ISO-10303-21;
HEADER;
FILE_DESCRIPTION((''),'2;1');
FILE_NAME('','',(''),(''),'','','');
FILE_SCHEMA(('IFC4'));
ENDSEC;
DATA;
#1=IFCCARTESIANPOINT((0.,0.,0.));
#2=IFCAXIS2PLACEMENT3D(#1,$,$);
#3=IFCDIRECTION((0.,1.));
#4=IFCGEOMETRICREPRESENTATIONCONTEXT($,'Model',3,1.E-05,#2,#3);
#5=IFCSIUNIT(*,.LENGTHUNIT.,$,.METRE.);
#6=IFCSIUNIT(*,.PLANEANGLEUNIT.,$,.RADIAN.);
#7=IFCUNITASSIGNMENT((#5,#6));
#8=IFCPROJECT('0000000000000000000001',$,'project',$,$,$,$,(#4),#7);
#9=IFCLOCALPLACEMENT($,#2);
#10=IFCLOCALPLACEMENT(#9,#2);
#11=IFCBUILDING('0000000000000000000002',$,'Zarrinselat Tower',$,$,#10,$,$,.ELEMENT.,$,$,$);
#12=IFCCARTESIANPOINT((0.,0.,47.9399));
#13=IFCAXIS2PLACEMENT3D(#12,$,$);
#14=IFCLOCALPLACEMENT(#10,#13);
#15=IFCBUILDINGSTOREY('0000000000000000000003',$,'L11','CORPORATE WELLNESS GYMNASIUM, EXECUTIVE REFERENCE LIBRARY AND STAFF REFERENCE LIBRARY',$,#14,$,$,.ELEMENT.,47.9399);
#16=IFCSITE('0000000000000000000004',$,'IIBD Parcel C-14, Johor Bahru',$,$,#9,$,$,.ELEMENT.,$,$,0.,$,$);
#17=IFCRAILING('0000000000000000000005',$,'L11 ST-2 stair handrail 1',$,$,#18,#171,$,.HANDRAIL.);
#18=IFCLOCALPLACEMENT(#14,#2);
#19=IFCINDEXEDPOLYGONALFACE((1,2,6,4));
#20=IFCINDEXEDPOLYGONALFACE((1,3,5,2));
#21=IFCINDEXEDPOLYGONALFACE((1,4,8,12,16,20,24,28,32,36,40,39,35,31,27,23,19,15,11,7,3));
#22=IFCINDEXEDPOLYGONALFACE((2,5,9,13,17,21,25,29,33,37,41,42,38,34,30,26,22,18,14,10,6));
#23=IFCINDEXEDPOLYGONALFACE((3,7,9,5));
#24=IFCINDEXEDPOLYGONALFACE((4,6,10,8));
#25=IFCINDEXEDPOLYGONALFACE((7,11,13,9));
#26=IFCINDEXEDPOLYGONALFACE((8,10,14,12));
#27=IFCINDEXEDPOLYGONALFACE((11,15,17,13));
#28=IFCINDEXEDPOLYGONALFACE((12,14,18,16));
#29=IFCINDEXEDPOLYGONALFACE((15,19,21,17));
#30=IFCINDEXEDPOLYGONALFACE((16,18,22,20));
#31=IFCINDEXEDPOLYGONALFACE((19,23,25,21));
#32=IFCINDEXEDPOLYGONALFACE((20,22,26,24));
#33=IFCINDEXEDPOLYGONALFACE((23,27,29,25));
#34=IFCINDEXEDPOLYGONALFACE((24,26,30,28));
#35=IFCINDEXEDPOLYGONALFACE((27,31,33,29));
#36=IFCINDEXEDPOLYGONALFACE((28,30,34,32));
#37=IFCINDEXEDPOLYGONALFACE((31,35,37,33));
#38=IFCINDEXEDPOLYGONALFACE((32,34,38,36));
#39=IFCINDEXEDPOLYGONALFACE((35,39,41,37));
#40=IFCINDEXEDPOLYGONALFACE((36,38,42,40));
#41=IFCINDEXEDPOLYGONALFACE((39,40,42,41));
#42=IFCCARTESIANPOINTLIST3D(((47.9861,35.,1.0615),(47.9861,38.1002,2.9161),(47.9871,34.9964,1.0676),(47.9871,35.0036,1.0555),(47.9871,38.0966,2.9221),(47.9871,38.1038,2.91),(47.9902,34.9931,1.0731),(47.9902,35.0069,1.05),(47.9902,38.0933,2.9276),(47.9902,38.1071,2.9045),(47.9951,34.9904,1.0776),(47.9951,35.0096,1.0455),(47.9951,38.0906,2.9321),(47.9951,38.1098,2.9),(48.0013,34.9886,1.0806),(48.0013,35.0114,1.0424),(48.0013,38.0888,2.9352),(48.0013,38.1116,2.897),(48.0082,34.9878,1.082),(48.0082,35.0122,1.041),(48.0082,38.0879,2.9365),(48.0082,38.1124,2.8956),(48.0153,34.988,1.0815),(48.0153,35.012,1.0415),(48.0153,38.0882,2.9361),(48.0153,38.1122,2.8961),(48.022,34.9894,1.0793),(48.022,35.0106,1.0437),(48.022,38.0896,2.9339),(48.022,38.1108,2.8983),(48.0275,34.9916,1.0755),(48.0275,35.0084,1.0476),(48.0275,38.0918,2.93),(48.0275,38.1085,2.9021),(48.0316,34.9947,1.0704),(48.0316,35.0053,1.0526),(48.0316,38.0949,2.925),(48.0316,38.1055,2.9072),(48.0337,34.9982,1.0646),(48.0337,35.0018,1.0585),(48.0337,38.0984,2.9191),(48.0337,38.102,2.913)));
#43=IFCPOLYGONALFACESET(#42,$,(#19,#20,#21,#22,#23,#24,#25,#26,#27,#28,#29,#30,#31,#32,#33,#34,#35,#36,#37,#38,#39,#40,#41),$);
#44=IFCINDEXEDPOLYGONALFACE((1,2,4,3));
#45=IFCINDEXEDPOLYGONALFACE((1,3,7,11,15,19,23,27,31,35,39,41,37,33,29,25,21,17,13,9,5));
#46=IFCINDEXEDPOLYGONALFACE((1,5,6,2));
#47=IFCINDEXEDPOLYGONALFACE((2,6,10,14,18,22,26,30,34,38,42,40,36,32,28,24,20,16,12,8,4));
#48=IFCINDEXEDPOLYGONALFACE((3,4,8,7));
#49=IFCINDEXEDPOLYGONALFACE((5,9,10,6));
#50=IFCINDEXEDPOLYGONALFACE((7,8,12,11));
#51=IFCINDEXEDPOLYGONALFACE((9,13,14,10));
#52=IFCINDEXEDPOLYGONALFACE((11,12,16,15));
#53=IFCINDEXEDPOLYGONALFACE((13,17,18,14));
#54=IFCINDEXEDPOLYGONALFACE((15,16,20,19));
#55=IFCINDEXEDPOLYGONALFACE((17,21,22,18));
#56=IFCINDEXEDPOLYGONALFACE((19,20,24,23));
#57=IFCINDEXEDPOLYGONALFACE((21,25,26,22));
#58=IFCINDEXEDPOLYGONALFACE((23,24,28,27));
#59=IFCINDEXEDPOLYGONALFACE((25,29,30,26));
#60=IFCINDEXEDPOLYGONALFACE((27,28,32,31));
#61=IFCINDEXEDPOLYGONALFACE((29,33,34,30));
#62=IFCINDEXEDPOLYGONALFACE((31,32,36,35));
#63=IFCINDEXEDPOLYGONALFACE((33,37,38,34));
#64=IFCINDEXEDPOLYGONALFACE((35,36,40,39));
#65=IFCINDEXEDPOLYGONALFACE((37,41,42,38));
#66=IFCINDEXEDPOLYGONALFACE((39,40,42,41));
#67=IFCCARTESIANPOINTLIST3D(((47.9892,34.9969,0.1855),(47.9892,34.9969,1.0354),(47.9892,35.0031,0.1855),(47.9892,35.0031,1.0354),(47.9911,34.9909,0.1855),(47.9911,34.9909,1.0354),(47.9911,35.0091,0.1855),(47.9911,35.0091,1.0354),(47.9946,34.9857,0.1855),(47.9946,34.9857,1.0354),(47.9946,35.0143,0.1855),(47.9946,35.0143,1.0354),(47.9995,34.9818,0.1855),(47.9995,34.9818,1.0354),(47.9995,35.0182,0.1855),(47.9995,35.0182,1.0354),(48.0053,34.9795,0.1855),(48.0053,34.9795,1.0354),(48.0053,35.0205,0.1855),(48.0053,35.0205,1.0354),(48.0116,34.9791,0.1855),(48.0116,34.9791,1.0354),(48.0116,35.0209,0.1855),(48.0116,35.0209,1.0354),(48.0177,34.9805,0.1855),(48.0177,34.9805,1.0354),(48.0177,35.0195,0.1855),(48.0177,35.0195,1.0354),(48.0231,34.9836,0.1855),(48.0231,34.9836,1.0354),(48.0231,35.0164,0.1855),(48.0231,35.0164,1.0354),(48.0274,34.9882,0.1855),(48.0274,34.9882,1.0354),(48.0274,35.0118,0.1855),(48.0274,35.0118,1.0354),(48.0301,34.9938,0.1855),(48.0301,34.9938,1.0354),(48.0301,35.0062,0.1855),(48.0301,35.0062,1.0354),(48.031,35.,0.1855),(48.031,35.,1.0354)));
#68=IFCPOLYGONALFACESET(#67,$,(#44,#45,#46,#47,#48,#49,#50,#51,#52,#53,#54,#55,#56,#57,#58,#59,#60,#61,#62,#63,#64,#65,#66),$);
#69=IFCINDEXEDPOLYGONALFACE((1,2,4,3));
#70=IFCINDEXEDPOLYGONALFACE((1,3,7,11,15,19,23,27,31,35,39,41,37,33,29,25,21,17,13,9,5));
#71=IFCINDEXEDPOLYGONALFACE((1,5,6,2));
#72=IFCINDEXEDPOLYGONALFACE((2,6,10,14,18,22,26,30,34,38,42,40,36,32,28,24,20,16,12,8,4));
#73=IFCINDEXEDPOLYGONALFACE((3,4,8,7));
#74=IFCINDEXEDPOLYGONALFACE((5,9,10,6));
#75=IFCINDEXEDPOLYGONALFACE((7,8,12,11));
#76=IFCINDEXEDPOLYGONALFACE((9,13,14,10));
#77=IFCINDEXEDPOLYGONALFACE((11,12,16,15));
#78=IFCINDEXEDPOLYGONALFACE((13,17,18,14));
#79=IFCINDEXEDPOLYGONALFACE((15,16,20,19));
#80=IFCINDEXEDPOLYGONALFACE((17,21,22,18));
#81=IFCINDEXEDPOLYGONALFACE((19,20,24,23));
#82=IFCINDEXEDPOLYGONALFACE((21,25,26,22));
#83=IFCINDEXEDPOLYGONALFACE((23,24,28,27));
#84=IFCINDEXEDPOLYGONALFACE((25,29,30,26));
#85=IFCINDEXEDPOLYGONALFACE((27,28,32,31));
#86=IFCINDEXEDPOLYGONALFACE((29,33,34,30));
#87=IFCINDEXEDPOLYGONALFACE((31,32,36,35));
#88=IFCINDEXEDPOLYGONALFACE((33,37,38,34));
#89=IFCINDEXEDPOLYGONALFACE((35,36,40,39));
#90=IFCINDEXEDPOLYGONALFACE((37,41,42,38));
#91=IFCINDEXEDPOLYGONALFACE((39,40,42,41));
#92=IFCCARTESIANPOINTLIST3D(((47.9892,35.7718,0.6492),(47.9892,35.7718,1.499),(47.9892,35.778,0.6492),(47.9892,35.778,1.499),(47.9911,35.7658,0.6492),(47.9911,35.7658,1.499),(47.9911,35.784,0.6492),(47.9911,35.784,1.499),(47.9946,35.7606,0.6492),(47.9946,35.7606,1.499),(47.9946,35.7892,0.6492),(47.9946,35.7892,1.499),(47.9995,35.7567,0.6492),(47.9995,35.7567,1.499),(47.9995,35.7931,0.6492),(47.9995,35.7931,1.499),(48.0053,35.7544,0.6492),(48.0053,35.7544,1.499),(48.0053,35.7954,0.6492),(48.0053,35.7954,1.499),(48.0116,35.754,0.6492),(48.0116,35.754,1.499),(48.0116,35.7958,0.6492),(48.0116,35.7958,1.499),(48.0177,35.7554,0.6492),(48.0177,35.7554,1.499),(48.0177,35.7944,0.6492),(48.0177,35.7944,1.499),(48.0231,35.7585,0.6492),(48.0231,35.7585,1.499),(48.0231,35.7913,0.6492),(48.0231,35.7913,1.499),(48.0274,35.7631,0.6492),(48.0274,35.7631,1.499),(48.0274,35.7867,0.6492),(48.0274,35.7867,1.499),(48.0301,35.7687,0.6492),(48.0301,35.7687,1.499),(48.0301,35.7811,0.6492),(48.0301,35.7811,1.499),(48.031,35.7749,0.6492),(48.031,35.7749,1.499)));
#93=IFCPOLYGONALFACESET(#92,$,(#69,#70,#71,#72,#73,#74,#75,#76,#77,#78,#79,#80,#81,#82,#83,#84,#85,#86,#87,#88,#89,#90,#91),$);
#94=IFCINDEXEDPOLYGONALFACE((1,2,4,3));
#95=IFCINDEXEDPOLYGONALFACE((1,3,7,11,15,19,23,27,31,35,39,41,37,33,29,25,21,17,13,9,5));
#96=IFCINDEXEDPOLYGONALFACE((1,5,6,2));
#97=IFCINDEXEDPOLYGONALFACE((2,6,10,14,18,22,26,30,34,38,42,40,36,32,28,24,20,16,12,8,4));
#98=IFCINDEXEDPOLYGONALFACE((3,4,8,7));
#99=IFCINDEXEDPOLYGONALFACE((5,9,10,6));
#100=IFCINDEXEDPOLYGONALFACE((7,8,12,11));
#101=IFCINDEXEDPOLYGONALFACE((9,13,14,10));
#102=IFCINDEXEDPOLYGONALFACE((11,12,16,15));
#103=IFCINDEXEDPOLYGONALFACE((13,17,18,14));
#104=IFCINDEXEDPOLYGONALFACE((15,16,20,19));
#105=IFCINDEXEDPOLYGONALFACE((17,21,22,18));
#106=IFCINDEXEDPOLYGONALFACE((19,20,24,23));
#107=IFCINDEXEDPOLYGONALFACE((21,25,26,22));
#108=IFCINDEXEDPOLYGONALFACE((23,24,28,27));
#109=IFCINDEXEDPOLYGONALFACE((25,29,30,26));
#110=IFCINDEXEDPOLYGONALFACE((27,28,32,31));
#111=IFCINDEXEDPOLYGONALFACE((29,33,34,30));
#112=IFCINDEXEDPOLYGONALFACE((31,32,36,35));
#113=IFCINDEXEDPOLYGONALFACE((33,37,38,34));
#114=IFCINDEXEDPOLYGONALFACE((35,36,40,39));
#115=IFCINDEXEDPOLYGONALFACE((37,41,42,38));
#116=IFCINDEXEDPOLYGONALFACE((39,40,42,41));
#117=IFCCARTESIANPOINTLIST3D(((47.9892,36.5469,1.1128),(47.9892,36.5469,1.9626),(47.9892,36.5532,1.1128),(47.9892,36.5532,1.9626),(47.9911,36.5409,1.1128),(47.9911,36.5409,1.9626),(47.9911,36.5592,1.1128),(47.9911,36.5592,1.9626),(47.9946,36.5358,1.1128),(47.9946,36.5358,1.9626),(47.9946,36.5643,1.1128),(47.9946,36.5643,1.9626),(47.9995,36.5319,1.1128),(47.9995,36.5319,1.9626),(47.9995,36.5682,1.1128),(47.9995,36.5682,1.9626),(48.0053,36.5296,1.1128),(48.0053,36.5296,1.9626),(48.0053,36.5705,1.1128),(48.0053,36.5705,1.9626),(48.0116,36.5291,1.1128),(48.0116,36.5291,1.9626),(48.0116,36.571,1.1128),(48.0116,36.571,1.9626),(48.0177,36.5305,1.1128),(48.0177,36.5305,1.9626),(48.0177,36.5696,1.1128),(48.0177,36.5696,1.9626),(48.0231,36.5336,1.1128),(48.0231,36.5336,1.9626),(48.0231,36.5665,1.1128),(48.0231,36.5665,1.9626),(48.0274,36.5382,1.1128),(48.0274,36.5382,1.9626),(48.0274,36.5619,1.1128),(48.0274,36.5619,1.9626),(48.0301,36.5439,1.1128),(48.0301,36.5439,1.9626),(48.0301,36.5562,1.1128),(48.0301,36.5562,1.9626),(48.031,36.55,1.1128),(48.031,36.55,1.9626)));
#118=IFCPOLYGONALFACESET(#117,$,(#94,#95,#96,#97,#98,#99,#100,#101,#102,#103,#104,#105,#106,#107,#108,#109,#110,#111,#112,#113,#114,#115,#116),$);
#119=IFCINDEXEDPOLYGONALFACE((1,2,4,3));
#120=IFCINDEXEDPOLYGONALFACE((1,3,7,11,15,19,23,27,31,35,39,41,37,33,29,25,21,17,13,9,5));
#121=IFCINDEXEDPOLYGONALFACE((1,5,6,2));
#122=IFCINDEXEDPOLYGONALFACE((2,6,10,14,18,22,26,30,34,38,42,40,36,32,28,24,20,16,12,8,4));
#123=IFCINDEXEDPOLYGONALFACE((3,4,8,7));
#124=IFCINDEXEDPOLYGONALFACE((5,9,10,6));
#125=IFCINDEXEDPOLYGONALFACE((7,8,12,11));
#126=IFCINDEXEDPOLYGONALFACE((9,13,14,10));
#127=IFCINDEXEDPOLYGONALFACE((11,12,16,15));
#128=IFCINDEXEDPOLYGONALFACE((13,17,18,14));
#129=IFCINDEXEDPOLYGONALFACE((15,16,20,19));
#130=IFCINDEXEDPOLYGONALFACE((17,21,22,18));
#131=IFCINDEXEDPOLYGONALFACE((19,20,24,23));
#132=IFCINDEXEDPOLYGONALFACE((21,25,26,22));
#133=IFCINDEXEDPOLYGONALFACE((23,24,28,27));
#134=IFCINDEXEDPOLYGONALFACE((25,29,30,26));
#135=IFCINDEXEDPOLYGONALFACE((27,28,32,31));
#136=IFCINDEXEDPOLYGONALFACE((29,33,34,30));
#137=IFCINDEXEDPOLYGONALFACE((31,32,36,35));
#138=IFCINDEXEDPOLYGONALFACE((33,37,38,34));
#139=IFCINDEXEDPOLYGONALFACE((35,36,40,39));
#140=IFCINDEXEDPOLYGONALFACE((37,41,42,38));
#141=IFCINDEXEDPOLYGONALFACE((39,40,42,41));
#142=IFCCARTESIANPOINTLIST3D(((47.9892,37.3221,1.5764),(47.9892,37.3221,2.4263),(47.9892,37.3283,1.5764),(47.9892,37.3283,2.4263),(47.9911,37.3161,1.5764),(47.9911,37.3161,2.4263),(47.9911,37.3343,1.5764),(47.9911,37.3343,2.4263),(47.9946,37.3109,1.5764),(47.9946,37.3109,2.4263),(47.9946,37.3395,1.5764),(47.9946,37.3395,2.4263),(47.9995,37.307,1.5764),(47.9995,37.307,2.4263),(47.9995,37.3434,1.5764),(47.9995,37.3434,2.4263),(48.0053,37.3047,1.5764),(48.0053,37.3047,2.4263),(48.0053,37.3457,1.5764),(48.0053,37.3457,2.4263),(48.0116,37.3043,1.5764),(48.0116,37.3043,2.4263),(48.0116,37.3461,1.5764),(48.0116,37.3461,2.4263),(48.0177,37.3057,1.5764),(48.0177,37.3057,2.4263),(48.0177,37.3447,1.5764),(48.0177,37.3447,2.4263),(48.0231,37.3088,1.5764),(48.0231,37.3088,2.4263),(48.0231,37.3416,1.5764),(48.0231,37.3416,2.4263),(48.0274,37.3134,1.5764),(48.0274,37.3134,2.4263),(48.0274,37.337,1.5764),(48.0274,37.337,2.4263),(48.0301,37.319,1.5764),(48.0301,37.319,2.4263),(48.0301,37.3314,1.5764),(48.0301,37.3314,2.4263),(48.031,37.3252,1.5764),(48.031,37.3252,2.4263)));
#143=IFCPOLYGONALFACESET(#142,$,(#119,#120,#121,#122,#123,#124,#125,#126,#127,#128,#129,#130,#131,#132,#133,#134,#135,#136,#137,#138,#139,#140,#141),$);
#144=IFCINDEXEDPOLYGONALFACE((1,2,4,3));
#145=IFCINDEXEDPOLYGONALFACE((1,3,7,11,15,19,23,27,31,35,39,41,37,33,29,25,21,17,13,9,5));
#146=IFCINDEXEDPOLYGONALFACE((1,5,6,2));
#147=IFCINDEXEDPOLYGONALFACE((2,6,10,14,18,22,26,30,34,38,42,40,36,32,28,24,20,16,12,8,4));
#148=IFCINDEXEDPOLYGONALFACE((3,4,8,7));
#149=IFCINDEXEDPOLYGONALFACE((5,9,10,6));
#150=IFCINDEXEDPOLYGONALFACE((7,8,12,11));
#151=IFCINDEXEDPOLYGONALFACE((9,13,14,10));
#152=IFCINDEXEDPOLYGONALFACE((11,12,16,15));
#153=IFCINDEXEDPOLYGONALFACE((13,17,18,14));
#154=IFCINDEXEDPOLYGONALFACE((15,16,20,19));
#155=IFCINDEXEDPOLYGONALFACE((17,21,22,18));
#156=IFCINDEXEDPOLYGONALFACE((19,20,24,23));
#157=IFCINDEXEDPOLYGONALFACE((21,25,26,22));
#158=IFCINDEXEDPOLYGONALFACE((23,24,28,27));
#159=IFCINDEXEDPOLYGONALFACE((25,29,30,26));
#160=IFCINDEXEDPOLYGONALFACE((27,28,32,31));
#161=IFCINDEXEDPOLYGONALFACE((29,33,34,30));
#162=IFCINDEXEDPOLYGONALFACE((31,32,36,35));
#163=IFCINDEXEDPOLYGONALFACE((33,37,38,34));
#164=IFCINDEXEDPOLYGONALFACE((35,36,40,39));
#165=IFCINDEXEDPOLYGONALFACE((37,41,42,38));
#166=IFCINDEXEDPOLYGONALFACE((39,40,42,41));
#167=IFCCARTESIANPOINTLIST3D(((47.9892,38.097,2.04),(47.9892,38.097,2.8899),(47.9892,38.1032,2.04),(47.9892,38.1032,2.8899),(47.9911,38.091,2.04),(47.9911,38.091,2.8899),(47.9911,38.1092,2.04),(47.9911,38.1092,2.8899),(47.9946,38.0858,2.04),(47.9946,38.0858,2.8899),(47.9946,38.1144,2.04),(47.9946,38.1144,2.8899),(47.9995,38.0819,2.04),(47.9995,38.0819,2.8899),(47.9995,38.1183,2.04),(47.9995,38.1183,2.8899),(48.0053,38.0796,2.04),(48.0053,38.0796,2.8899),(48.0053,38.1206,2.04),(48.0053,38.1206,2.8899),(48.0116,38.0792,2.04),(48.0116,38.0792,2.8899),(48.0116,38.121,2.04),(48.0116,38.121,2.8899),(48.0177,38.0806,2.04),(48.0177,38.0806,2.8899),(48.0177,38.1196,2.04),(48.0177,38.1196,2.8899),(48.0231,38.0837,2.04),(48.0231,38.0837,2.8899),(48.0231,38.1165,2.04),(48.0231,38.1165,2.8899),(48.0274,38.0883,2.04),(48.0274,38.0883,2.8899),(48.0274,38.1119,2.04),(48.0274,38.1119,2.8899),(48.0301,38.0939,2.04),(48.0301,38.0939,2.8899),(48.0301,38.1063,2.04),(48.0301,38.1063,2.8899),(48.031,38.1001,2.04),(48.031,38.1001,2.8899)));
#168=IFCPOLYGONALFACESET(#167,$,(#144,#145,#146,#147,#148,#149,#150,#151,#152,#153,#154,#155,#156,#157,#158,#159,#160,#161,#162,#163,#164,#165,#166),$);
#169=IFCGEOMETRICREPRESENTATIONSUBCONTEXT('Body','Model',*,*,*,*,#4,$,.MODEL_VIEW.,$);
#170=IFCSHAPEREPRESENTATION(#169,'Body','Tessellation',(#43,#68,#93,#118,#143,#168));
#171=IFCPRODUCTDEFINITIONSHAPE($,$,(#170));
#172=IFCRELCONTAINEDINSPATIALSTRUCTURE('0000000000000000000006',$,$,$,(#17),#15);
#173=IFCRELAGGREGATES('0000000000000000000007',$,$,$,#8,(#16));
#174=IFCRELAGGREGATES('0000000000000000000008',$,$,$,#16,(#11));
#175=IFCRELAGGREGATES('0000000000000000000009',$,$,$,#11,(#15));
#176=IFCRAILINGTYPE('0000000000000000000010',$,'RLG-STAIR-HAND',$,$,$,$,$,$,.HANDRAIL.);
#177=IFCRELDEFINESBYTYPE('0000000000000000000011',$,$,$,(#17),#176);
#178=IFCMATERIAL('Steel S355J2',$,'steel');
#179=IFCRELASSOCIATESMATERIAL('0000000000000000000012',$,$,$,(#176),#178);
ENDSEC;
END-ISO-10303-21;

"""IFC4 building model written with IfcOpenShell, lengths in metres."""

from ifc_helpers import new_model, si_unit, direction, frame, origin, origin_2d, place, context, subcontext, project, spatial, circle, extrude, material, type_object, element, save


model = new_model("IFC4")

# Units and contexts
model_context = context("Model", 3, precision=1e-05, world=origin(), true_north=direction((0.0, 1.0)))
body_context = subcontext(model_context, "Body", "Model", "MODEL_VIEW")
ifc_project = project(units=[si_unit("LENGTHUNIT", "METRE"), si_unit("PLANEANGLEUNIT", "RADIAN")], contexts=[model_context])

# Site, building, storey
site_placement = place(None, origin())
site = spatial("IfcSite", under=ifc_project, at=site_placement, Name="IIBD Parcel C-14, Johor Bahru", CompositionType="ELEMENT", RefElevation=0.0)
building_placement = place(site_placement, origin())
building = spatial("IfcBuilding", under=site, at=building_placement, Name="Zarrinselat Tower", CompositionType="ELEMENT")
storey_placement = place(building_placement, frame((0.0, 0.0, 47.9399)))
storey = spatial("IfcBuildingStorey", under=building, at=storey_placement, Name="L11", Description="CORPORATE WELLNESS GYMNASIUM, EXECUTIVE REFERENCE LIBRARY AND STAFF REFERENCE LIBRARY", CompositionType="ELEMENT", Elevation=47.9399)

# Railing
ifc_material_1 = material(Name="Steel S355J2", Category="steel")
railing_type_1 = type_object("IfcRailingType", Name="RLG-STAIR-HAND", PredefinedType="HANDRAIL", material=ifc_material_1)
railing_1_placement = place(storey_placement, frame((48.01, 35.0, 0.1855)))
element("IfcRailing", 1, at=railing_1_placement, inside=storey, type_object=railing_type_1, Name="L11 ST-2 stair handrail 1", PredefinedType="HANDRAIL", context=body_context, shape_type="SweptSolid", body=[
    extrude(circle(Radius=0.0239, at=origin_2d()), frame((0.0, 0.0, 0.876), z_axis=(0.0, 0.858172, 0.513362), x_axis=(-1.0, 0.0, 0.0)), (0.0, 0.0, 1.0), 3.6125),
    extrude(circle(Radius=0.021, at=origin_2d()), origin(), (0.0, 0.0, 1.0), 0.8499),
    extrude(circle(Radius=0.021, at=origin_2d()), frame((0.0, 0.7749, 0.4636)), (0.0, 0.0, 1.0), 0.8499),
    extrude(circle(Radius=0.021, at=origin_2d()), frame((0.0, 1.55, 0.9272)), (0.0, 0.0, 1.0), 0.8499),
    extrude(circle(Radius=0.021, at=origin_2d()), frame((0.0, 2.3252, 1.3909)), (0.0, 0.0, 1.0), 0.8499),
    extrude(circle(Radius=0.021, at=origin_2d()), frame((0.0, 3.1001, 1.8545)), (0.0, 0.0, 1.0), 0.8499),
])

save(model, "model.ifc")
